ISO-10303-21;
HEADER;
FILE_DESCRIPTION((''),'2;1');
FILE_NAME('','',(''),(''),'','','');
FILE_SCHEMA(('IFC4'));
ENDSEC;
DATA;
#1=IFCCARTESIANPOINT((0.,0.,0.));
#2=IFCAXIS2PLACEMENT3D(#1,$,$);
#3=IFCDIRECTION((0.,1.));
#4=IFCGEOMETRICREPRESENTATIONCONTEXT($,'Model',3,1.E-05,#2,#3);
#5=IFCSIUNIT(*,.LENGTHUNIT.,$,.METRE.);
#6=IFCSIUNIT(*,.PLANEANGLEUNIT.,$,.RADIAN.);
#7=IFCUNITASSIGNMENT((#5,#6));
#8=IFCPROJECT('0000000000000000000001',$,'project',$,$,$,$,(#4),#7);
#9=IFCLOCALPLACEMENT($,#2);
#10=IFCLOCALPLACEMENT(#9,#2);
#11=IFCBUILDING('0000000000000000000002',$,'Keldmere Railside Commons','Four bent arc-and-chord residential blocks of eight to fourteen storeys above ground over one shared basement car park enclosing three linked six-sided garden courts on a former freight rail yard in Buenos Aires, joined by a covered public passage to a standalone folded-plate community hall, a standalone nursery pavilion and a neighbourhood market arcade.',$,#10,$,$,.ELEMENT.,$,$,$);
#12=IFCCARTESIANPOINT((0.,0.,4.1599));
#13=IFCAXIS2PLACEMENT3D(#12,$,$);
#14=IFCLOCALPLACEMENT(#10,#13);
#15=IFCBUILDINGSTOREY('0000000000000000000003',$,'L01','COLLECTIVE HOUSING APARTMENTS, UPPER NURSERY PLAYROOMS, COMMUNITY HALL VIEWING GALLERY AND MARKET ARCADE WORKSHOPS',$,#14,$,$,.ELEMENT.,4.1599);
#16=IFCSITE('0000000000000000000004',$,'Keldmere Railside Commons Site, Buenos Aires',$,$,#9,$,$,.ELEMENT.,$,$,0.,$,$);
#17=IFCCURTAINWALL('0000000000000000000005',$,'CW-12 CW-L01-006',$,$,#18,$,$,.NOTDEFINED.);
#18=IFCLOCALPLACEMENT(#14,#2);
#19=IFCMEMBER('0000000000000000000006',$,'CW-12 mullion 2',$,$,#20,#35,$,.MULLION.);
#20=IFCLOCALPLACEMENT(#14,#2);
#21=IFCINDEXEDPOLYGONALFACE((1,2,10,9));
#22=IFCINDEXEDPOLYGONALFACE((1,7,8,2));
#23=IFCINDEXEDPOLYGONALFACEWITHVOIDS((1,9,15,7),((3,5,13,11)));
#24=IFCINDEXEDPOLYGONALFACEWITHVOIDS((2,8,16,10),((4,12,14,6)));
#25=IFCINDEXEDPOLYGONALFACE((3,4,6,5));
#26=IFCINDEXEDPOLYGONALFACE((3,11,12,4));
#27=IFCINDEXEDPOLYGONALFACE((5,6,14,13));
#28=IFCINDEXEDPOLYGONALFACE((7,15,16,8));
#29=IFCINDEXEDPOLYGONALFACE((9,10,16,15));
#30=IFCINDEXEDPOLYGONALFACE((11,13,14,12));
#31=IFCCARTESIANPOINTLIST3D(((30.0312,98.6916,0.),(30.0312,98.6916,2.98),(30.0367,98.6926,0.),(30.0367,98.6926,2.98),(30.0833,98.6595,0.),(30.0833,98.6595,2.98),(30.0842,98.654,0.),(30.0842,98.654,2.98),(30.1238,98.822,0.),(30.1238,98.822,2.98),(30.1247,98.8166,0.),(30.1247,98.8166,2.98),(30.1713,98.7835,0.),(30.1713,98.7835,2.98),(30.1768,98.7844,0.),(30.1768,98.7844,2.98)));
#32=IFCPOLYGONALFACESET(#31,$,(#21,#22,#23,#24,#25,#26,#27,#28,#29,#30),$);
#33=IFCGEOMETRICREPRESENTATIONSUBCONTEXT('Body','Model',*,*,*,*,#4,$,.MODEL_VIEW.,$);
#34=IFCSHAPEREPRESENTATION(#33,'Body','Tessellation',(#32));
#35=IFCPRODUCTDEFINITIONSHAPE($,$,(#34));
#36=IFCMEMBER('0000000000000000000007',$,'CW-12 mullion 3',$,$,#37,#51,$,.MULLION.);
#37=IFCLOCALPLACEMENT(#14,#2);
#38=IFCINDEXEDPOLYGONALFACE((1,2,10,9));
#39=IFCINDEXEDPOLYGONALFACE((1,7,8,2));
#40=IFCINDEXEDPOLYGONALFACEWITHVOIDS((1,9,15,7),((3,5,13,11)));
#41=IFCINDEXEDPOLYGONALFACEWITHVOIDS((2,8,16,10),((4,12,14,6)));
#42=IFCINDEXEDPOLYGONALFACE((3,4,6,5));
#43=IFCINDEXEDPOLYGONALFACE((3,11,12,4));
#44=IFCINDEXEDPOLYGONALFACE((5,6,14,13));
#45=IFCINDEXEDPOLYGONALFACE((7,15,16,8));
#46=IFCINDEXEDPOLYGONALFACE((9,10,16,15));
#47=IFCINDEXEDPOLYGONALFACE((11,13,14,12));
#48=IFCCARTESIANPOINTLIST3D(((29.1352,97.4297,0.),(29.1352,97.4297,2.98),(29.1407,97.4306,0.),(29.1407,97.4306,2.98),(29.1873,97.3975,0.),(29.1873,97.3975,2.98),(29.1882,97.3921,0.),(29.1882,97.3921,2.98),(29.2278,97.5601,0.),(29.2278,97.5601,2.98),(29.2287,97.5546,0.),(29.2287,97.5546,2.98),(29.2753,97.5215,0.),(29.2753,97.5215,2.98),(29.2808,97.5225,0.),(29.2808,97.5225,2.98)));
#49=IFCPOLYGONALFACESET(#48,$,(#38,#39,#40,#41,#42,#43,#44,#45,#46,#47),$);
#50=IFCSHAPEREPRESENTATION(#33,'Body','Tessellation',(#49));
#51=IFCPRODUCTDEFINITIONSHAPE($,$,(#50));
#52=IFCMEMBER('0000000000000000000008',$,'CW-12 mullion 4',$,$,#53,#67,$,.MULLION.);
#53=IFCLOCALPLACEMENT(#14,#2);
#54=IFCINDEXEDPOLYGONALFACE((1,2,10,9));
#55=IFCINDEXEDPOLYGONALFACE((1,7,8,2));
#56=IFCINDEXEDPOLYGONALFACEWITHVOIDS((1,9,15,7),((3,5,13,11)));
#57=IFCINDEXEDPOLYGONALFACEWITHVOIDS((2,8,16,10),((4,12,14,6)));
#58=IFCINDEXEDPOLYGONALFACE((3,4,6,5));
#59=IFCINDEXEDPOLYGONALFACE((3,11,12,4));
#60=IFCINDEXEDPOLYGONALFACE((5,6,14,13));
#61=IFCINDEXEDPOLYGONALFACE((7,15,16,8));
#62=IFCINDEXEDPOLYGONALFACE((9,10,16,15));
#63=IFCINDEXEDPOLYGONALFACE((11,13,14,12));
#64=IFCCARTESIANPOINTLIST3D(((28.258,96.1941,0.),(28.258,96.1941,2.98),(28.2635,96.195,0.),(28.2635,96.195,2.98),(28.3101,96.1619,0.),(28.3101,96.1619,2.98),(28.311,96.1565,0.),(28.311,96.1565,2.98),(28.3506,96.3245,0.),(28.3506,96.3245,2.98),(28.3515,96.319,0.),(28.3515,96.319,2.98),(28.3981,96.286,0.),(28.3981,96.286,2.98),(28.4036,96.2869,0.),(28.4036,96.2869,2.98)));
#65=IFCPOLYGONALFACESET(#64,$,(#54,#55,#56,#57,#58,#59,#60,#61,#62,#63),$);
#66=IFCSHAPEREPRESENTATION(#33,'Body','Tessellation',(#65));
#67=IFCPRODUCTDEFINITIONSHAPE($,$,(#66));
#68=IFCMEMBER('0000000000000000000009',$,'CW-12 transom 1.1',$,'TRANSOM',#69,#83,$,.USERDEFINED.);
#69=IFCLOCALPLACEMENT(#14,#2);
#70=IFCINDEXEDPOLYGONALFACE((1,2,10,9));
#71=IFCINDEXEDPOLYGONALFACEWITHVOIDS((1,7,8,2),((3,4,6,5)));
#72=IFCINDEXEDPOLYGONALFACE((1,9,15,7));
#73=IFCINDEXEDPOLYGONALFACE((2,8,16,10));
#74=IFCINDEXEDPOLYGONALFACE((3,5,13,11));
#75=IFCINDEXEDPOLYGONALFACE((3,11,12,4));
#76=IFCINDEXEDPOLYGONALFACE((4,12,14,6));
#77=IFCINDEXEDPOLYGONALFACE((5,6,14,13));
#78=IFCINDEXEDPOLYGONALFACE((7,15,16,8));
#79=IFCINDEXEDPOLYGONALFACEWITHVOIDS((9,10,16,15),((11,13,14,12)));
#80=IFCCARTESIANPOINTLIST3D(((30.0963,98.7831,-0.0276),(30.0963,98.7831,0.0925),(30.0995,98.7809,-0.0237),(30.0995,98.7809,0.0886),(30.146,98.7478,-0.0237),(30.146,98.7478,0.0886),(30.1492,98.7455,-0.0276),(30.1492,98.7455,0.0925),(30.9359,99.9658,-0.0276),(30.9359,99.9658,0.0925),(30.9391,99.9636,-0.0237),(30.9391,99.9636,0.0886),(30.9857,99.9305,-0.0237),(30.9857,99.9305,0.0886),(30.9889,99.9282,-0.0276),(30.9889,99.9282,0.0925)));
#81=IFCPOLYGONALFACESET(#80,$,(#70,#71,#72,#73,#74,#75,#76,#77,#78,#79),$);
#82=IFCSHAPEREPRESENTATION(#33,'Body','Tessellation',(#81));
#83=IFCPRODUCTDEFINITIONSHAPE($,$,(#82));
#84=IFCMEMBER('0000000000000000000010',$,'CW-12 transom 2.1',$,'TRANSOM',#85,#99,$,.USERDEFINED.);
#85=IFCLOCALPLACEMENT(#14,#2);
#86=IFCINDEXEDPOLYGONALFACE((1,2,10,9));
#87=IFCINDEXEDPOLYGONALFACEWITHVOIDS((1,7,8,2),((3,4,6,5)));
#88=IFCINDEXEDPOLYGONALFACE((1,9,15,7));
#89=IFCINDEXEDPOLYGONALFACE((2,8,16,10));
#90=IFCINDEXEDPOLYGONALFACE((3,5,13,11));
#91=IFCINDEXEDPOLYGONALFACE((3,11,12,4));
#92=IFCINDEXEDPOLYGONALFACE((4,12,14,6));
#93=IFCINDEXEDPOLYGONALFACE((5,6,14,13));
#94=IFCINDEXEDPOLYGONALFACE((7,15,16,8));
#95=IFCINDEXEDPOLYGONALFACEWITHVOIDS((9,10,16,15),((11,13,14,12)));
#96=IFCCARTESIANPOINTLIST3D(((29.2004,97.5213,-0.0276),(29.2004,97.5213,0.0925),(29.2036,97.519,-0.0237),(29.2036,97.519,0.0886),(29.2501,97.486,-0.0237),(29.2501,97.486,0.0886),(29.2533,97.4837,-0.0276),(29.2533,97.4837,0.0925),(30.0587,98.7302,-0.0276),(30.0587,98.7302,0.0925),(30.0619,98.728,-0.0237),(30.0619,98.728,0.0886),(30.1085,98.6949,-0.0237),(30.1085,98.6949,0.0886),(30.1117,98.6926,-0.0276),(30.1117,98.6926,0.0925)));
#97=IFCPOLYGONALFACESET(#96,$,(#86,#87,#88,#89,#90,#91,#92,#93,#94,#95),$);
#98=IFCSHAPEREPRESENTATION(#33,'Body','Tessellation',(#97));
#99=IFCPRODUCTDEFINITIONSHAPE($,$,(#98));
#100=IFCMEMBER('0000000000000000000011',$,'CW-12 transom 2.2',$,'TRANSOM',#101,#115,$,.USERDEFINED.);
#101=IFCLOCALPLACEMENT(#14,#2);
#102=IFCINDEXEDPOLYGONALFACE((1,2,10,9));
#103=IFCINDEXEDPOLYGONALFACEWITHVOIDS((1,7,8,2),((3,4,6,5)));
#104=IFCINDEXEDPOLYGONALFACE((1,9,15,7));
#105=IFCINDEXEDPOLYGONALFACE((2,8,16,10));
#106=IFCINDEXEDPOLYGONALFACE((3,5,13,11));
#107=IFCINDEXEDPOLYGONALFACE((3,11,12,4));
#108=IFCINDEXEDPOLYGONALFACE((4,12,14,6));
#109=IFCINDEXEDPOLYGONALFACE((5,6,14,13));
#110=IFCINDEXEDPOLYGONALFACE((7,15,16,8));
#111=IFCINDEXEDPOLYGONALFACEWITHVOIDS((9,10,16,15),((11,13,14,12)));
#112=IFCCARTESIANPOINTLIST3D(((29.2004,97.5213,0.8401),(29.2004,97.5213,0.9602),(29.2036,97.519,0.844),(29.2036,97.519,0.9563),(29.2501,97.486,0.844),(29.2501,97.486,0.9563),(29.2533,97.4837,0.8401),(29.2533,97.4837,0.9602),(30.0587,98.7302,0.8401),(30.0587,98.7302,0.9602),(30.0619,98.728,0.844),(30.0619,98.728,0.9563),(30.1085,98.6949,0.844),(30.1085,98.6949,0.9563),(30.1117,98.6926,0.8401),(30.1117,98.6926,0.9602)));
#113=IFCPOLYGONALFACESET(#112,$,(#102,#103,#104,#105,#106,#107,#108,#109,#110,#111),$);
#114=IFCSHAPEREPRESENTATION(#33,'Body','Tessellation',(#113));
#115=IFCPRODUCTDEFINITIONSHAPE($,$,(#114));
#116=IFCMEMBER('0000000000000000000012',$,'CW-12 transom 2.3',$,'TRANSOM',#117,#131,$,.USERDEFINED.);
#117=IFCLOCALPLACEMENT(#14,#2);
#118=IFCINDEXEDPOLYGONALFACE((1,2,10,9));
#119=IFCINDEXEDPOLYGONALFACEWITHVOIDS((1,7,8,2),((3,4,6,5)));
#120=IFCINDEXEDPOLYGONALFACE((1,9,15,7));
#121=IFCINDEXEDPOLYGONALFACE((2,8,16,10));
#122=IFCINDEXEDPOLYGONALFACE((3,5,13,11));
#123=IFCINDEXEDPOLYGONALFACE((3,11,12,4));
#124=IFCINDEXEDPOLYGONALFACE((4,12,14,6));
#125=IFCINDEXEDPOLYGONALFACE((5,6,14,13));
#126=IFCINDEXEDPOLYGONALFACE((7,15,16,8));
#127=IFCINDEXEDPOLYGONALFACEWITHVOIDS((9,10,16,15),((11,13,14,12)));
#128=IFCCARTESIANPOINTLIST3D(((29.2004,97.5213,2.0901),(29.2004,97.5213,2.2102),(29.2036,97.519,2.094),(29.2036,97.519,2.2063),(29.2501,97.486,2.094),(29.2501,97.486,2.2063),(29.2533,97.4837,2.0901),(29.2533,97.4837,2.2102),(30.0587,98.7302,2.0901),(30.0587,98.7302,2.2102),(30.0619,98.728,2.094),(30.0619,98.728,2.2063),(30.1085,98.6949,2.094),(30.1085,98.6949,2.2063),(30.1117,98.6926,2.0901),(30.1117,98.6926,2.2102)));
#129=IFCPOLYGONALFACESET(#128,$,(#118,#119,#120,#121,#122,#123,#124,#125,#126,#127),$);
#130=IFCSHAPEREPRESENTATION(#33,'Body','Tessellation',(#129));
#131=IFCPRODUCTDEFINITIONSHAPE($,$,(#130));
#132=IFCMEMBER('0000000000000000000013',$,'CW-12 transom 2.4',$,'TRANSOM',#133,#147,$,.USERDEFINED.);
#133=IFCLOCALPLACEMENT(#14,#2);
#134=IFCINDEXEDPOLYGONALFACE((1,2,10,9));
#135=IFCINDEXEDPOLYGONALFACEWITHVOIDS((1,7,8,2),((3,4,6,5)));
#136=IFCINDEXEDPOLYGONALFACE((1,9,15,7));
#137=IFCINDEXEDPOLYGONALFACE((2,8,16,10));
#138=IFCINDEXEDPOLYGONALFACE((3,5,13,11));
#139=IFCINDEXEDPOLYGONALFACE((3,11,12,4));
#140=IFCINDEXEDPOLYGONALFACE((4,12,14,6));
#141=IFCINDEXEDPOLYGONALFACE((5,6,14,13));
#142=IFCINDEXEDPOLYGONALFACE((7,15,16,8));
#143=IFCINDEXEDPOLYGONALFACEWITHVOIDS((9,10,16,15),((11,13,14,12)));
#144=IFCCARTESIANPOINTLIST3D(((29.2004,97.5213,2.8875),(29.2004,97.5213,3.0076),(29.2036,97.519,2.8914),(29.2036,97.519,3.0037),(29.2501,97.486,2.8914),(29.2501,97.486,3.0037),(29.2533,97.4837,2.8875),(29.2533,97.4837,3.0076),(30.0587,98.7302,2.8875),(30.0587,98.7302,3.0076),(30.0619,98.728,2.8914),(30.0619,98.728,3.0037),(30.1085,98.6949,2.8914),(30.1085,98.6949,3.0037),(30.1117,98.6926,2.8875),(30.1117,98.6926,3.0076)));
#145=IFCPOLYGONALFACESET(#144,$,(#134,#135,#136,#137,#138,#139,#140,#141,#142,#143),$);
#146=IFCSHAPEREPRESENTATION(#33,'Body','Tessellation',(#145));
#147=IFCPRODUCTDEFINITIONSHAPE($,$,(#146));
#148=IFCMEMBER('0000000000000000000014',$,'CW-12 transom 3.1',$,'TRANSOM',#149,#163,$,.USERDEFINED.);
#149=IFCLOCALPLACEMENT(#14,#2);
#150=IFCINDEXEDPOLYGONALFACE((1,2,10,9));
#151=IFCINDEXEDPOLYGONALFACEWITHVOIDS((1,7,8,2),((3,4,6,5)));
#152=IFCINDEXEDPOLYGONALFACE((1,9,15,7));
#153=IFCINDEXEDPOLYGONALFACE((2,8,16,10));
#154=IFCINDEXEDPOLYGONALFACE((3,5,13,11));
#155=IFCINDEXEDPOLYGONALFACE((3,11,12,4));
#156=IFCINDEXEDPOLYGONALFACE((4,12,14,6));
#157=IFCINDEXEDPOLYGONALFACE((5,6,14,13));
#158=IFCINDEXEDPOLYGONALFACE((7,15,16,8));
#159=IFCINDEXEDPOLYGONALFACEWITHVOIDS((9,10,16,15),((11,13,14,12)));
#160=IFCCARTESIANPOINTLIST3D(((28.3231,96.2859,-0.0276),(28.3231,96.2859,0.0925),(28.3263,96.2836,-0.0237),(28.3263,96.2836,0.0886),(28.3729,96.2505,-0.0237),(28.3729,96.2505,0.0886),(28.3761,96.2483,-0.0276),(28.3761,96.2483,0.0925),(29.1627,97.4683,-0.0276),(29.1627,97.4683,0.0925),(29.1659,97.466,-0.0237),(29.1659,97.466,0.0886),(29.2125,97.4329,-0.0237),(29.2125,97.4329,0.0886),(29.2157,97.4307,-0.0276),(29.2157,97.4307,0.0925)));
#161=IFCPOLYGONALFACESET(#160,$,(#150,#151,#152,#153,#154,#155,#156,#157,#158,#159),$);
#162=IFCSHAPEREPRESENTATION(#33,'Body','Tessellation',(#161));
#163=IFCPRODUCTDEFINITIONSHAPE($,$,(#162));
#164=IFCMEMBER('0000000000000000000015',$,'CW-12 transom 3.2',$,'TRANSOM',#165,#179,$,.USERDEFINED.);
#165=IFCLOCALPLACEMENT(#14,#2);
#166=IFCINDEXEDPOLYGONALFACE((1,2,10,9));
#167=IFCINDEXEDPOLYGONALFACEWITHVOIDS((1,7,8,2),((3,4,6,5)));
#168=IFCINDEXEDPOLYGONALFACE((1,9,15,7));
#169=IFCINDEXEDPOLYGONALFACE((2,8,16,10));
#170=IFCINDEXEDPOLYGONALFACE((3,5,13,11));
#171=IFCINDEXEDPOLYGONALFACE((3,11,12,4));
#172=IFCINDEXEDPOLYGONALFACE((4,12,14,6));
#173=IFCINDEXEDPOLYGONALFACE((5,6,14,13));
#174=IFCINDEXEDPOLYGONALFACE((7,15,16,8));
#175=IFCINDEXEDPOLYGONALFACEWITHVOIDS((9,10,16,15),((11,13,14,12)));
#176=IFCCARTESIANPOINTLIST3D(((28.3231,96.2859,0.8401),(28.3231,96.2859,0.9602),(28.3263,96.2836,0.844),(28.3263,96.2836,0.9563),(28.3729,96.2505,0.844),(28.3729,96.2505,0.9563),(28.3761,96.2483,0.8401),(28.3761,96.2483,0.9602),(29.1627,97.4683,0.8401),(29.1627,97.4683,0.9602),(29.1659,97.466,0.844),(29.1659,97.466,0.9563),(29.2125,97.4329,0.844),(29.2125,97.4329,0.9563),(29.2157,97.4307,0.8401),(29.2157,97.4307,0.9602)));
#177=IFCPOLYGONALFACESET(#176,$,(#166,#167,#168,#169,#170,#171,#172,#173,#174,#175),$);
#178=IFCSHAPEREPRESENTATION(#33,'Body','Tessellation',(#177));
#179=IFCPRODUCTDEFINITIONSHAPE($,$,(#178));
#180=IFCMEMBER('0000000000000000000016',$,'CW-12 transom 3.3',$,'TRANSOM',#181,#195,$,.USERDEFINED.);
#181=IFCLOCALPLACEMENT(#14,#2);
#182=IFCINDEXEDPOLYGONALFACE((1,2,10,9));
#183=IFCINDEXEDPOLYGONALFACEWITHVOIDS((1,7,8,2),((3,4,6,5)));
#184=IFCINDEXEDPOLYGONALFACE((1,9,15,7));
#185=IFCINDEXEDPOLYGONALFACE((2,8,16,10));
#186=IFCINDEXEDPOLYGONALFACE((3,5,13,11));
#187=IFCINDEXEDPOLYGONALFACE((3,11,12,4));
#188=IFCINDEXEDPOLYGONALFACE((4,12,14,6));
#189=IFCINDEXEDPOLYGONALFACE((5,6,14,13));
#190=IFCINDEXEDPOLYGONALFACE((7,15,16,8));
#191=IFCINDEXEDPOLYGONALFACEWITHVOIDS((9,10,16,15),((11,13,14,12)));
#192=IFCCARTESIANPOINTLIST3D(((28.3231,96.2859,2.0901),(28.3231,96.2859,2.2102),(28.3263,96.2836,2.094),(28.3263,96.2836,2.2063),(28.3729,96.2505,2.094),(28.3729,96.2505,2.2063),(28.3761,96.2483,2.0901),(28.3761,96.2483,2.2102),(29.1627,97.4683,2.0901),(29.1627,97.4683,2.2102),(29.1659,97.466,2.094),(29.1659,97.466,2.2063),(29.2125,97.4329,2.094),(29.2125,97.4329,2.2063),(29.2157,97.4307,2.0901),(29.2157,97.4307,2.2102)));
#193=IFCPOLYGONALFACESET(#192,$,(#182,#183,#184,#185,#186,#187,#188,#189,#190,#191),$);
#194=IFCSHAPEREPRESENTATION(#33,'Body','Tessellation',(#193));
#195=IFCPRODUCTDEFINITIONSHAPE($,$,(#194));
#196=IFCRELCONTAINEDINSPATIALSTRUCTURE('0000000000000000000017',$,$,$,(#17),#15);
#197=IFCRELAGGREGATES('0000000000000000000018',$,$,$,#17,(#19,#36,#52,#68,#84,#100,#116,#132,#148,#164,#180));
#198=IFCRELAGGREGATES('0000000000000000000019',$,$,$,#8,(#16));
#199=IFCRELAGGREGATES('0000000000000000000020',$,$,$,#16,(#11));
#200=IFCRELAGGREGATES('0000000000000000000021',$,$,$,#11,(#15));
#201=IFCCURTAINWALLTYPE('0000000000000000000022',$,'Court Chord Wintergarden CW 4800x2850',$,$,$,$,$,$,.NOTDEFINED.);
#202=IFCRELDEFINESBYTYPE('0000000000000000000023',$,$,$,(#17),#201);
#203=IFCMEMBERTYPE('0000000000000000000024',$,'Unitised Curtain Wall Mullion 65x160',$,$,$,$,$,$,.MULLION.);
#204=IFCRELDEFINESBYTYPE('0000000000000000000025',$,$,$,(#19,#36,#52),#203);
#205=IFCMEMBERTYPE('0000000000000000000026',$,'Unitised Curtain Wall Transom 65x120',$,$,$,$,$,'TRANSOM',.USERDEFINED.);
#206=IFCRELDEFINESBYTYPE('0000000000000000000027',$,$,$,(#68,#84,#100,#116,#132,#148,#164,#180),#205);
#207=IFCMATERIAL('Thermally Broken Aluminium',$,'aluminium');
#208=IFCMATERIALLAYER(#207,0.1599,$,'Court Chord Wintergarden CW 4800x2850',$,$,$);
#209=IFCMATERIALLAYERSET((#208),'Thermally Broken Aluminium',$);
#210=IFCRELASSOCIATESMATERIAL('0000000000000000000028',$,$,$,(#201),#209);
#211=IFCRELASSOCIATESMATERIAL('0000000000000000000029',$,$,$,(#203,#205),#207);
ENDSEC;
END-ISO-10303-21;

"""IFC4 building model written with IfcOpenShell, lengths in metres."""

from ifc_helpers import new_model, si_unit, direction, frame, origin, origin_2d, place, context, subcontext, project, spatial, hollow_rectangle, extrude, material, layer, layer_set, material_profile, profile_set, type_object, element, aggregate, save


model = new_model("IFC4")

# Units and contexts
model_context = context("Model", 3, precision=1e-05, world=origin(), true_north=direction((0.0, 1.0)))
body_context = subcontext(model_context, "Body", "Model", "MODEL_VIEW")
ifc_project = project(units=[si_unit("LENGTHUNIT", "METRE"), si_unit("PLANEANGLEUNIT", "RADIAN")], contexts=[model_context])

# Site, building, storey
site_placement = place(None, origin())
site = spatial("IfcSite", under=ifc_project, at=site_placement, Name="Keldmere Railside Commons Site, Buenos Aires", CompositionType="ELEMENT", RefElevation=0.0)
building_placement = place(site_placement, origin())
building = spatial("IfcBuilding", under=site, at=building_placement, Name="Keldmere Railside Commons", Description="Four bent arc-and-chord residential blocks of eight to fourteen storeys above ground over one shared basement car park enclosing three linked six-sided garden courts on a former freight rail yard in Buenos Aires, joined by a covered public passage to a standalone folded-plate community hall, a standalone nursery pavilion and a neighbourhood market arcade.", CompositionType="ELEMENT")
storey_placement = place(building_placement, frame((0.0, 0.0, 4.1599)))
storey = spatial("IfcBuildingStorey", under=building, at=storey_placement, Name="L01", Description="COLLECTIVE HOUSING APARTMENTS, UPPER NURSERY PLAYROOMS, COMMUNITY HALL VIEWING GALLERY AND MARKET ARCADE WORKSHOPS", CompositionType="ELEMENT", Elevation=4.1599)

# Curtain wall, members
ifc_material_1 = material(Name="Thermally Broken Aluminium", Category="aluminium")
ifc_layer_1 = layer(ifc_material_1, 0.1599, Name="Court Chord Wintergarden CW 4800x2850")
ifc_layer_set_1 = layer_set([ifc_layer_1], Name="Thermally Broken Aluminium")
curtain_wall_type = type_object("IfcCurtainWallType", Name="Court Chord Wintergarden CW 4800x2850", PredefinedType="NOTDEFINED", material=ifc_layer_set_1)
curtain_wall_placement = place(storey_placement, origin())
curtain_wall = element("IfcCurtainWall", 1, at=curtain_wall_placement, inside=storey, type_object=curtain_wall_type, Name="CW-12 CW-L01-006", PredefinedType="NOTDEFINED")
ifc_material_profile_1 = material_profile(ifc_material_1, hollow_rectangle(XDim=0.0649, YDim=0.1599, WallThickness=0.0039, at=origin_2d()), Name="ALU-MULL-65x160")
ifc_profile_set_1 = profile_set([ifc_material_profile_1], Name="Thermally Broken Aluminium")
member_type_1 = type_object("IfcMemberType", Name="Unitised Curtain Wall Mullion 65x160", PredefinedType="MULLION", material=ifc_profile_set_1)
member_1_placement = place(storey_placement, frame((30.104, 98.738, 0.0), z_axis=(0.0, 0.0, 1.0), x_axis=(0.815389, -0.578913, 0.0)))
member_1 = element("IfcMember", 2, at=member_1_placement, type_object=member_type_1, Name="CW-12 mullion 2", PredefinedType="MULLION", context=body_context, shape_type="SweptSolid", body=[
    extrude(hollow_rectangle(XDim=0.0649, YDim=0.1599, WallThickness=0.0039, at=origin_2d()), origin(), (0.0, 0.0, 1.0), 2.98),
])
member_2_placement = place(storey_placement, frame((29.208, 97.4761, 0.0), z_axis=(0.0, 0.0, 1.0), x_axis=(0.815389, -0.578913, 0.0)))
member_2 = element("IfcMember", 3, at=member_2_placement, type_object=member_type_1, Name="CW-12 mullion 3", PredefinedType="MULLION", context=body_context, shape_type="SweptSolid", body=[
    extrude(hollow_rectangle(XDim=0.0649, YDim=0.1599, WallThickness=0.0039, at=origin_2d()), origin(), (0.0, 0.0, 1.0), 2.98),
])
member_3_placement = place(storey_placement, frame((28.3308, 96.2405, 0.0), z_axis=(0.0, 0.0, 1.0), x_axis=(0.815389, -0.578913, 0.0)))
member_3 = element("IfcMember", 4, at=member_3_placement, type_object=member_type_1, Name="CW-12 mullion 4", PredefinedType="MULLION", context=body_context, shape_type="SweptSolid", body=[
    extrude(hollow_rectangle(XDim=0.0649, YDim=0.1599, WallThickness=0.0039, at=origin_2d()), origin(), (0.0, 0.0, 1.0), 2.98),
])
ifc_material_profile_2 = material_profile(ifc_material_1, hollow_rectangle(XDim=0.0649, YDim=0.1201, WallThickness=0.0039, at=origin_2d()), Name="ALU-TRAN-65x120")
ifc_profile_set_2 = profile_set([ifc_material_profile_2], Name="Thermally Broken Aluminium")
member_type_2 = type_object("IfcMemberType", Name="Unitised Curtain Wall Transom 65x120", ElementType="TRANSOM", PredefinedType="USERDEFINED", material=ifc_profile_set_2)
member_4_placement = place(storey_placement, frame((30.9624, 99.947, 0.0325), z_axis=(-0.578895, -0.815402, 0.0), x_axis=(0.815402, -0.578895, 0.0)))
member_4 = element("IfcMember", 5, at=member_4_placement, type_object=member_type_2, Name="CW-12 transom 1.1", ObjectType="TRANSOM", PredefinedType="USERDEFINED", context=body_context, shape_type="SweptSolid", body=[
    extrude(hollow_rectangle(XDim=0.0649, YDim=0.1201, WallThickness=0.0039, at=origin_2d()), origin(), (0.0, 0.0, 1.0), 1.4504),
])
member_5_placement = place(storey_placement, frame((30.0852, 98.7114, 0.0325), z_axis=(-0.578931, -0.815377, 0.0), x_axis=(0.815377, -0.578931, 0.0)))
member_5 = element("IfcMember", 6, at=member_5_placement, type_object=member_type_2, Name="CW-12 transom 2.1", ObjectType="TRANSOM", PredefinedType="USERDEFINED", context=body_context, shape_type="SweptSolid", body=[
    extrude(hollow_rectangle(XDim=0.0649, YDim=0.1201, WallThickness=0.0039, at=origin_2d()), origin(), (0.0, 0.0, 1.0), 1.4827),
])
member_6_placement = place(storey_placement, frame((30.0852, 98.7114, 0.9001), z_axis=(-0.578931, -0.815377, 0.0), x_axis=(0.815377, -0.578931, 0.0)))
member_6 = element("IfcMember", 7, at=member_6_placement, type_object=member_type_2, Name="CW-12 transom 2.2", ObjectType="TRANSOM", PredefinedType="USERDEFINED", context=body_context, shape_type="SweptSolid", body=[
    extrude(hollow_rectangle(XDim=0.0649, YDim=0.1201, WallThickness=0.0039, at=origin_2d()), origin(), (0.0, 0.0, 1.0), 1.4827),
])
member_7_placement = place(storey_placement, frame((30.0852, 98.7114, 2.1501), z_axis=(-0.578931, -0.815377, 0.0), x_axis=(0.815377, -0.578931, 0.0)))
member_7 = element("IfcMember", 8, at=member_7_placement, type_object=member_type_2, Name="CW-12 transom 2.3", ObjectType="TRANSOM", PredefinedType="USERDEFINED", context=body_context, shape_type="SweptSolid", body=[
    extrude(hollow_rectangle(XDim=0.0649, YDim=0.1201, WallThickness=0.0039, at=origin_2d()), origin(), (0.0, 0.0, 1.0), 1.4827),
])
member_8_placement = place(storey_placement, frame((30.0852, 98.7114, 2.9475), z_axis=(-0.578931, -0.815377, 0.0), x_axis=(0.815377, -0.578931, 0.0)))
member_8 = element("IfcMember", 9, at=member_8_placement, type_object=member_type_2, Name="CW-12 transom 2.4", ObjectType="TRANSOM", PredefinedType="USERDEFINED", context=body_context, shape_type="SweptSolid", body=[
    extrude(hollow_rectangle(XDim=0.0649, YDim=0.1201, WallThickness=0.0039, at=origin_2d()), origin(), (0.0, 0.0, 1.0), 1.4827),
])
member_9_placement = place(storey_placement, frame((29.1892, 97.4495, 0.0325), z_axis=(-0.578975, -0.815346, 0.0), x_axis=(0.815346, -0.578975, 0.0)))
member_9 = element("IfcMember", 10, at=member_9_placement, type_object=member_type_2, Name="CW-12 transom 3.1", ObjectType="TRANSOM", PredefinedType="USERDEFINED", context=body_context, shape_type="SweptSolid", body=[
    extrude(hollow_rectangle(XDim=0.0649, YDim=0.1201, WallThickness=0.0039, at=origin_2d()), origin(), (0.0, 0.0, 1.0), 1.4502),
])
member_10_placement = place(storey_placement, frame((29.1892, 97.4495, 0.9001), z_axis=(-0.578975, -0.815346, 0.0), x_axis=(0.815346, -0.578975, 0.0)))
member_10 = element("IfcMember", 11, at=member_10_placement, type_object=member_type_2, Name="CW-12 transom 3.2", ObjectType="TRANSOM", PredefinedType="USERDEFINED", context=body_context, shape_type="SweptSolid", body=[
    extrude(hollow_rectangle(XDim=0.0649, YDim=0.1201, WallThickness=0.0039, at=origin_2d()), origin(), (0.0, 0.0, 1.0), 1.4502),
])
member_11_placement = place(storey_placement, frame((29.1892, 97.4495, 2.1501), z_axis=(-0.578975, -0.815346, 0.0), x_axis=(0.815346, -0.578975, 0.0)))
member_11 = element("IfcMember", 12, at=member_11_placement, type_object=member_type_2, Name="CW-12 transom 3.3", ObjectType="TRANSOM", PredefinedType="USERDEFINED", context=body_context, shape_type="SweptSolid", body=[
    extrude(hollow_rectangle(XDim=0.0649, YDim=0.1201, WallThickness=0.0039, at=origin_2d()), origin(), (0.0, 0.0, 1.0), 1.4502),
])
aggregate(curtain_wall, [member_1, member_2, member_3, member_4, member_5, member_6, member_7, member_8, member_9, member_10, member_11])

save(model, "model.ifc")
